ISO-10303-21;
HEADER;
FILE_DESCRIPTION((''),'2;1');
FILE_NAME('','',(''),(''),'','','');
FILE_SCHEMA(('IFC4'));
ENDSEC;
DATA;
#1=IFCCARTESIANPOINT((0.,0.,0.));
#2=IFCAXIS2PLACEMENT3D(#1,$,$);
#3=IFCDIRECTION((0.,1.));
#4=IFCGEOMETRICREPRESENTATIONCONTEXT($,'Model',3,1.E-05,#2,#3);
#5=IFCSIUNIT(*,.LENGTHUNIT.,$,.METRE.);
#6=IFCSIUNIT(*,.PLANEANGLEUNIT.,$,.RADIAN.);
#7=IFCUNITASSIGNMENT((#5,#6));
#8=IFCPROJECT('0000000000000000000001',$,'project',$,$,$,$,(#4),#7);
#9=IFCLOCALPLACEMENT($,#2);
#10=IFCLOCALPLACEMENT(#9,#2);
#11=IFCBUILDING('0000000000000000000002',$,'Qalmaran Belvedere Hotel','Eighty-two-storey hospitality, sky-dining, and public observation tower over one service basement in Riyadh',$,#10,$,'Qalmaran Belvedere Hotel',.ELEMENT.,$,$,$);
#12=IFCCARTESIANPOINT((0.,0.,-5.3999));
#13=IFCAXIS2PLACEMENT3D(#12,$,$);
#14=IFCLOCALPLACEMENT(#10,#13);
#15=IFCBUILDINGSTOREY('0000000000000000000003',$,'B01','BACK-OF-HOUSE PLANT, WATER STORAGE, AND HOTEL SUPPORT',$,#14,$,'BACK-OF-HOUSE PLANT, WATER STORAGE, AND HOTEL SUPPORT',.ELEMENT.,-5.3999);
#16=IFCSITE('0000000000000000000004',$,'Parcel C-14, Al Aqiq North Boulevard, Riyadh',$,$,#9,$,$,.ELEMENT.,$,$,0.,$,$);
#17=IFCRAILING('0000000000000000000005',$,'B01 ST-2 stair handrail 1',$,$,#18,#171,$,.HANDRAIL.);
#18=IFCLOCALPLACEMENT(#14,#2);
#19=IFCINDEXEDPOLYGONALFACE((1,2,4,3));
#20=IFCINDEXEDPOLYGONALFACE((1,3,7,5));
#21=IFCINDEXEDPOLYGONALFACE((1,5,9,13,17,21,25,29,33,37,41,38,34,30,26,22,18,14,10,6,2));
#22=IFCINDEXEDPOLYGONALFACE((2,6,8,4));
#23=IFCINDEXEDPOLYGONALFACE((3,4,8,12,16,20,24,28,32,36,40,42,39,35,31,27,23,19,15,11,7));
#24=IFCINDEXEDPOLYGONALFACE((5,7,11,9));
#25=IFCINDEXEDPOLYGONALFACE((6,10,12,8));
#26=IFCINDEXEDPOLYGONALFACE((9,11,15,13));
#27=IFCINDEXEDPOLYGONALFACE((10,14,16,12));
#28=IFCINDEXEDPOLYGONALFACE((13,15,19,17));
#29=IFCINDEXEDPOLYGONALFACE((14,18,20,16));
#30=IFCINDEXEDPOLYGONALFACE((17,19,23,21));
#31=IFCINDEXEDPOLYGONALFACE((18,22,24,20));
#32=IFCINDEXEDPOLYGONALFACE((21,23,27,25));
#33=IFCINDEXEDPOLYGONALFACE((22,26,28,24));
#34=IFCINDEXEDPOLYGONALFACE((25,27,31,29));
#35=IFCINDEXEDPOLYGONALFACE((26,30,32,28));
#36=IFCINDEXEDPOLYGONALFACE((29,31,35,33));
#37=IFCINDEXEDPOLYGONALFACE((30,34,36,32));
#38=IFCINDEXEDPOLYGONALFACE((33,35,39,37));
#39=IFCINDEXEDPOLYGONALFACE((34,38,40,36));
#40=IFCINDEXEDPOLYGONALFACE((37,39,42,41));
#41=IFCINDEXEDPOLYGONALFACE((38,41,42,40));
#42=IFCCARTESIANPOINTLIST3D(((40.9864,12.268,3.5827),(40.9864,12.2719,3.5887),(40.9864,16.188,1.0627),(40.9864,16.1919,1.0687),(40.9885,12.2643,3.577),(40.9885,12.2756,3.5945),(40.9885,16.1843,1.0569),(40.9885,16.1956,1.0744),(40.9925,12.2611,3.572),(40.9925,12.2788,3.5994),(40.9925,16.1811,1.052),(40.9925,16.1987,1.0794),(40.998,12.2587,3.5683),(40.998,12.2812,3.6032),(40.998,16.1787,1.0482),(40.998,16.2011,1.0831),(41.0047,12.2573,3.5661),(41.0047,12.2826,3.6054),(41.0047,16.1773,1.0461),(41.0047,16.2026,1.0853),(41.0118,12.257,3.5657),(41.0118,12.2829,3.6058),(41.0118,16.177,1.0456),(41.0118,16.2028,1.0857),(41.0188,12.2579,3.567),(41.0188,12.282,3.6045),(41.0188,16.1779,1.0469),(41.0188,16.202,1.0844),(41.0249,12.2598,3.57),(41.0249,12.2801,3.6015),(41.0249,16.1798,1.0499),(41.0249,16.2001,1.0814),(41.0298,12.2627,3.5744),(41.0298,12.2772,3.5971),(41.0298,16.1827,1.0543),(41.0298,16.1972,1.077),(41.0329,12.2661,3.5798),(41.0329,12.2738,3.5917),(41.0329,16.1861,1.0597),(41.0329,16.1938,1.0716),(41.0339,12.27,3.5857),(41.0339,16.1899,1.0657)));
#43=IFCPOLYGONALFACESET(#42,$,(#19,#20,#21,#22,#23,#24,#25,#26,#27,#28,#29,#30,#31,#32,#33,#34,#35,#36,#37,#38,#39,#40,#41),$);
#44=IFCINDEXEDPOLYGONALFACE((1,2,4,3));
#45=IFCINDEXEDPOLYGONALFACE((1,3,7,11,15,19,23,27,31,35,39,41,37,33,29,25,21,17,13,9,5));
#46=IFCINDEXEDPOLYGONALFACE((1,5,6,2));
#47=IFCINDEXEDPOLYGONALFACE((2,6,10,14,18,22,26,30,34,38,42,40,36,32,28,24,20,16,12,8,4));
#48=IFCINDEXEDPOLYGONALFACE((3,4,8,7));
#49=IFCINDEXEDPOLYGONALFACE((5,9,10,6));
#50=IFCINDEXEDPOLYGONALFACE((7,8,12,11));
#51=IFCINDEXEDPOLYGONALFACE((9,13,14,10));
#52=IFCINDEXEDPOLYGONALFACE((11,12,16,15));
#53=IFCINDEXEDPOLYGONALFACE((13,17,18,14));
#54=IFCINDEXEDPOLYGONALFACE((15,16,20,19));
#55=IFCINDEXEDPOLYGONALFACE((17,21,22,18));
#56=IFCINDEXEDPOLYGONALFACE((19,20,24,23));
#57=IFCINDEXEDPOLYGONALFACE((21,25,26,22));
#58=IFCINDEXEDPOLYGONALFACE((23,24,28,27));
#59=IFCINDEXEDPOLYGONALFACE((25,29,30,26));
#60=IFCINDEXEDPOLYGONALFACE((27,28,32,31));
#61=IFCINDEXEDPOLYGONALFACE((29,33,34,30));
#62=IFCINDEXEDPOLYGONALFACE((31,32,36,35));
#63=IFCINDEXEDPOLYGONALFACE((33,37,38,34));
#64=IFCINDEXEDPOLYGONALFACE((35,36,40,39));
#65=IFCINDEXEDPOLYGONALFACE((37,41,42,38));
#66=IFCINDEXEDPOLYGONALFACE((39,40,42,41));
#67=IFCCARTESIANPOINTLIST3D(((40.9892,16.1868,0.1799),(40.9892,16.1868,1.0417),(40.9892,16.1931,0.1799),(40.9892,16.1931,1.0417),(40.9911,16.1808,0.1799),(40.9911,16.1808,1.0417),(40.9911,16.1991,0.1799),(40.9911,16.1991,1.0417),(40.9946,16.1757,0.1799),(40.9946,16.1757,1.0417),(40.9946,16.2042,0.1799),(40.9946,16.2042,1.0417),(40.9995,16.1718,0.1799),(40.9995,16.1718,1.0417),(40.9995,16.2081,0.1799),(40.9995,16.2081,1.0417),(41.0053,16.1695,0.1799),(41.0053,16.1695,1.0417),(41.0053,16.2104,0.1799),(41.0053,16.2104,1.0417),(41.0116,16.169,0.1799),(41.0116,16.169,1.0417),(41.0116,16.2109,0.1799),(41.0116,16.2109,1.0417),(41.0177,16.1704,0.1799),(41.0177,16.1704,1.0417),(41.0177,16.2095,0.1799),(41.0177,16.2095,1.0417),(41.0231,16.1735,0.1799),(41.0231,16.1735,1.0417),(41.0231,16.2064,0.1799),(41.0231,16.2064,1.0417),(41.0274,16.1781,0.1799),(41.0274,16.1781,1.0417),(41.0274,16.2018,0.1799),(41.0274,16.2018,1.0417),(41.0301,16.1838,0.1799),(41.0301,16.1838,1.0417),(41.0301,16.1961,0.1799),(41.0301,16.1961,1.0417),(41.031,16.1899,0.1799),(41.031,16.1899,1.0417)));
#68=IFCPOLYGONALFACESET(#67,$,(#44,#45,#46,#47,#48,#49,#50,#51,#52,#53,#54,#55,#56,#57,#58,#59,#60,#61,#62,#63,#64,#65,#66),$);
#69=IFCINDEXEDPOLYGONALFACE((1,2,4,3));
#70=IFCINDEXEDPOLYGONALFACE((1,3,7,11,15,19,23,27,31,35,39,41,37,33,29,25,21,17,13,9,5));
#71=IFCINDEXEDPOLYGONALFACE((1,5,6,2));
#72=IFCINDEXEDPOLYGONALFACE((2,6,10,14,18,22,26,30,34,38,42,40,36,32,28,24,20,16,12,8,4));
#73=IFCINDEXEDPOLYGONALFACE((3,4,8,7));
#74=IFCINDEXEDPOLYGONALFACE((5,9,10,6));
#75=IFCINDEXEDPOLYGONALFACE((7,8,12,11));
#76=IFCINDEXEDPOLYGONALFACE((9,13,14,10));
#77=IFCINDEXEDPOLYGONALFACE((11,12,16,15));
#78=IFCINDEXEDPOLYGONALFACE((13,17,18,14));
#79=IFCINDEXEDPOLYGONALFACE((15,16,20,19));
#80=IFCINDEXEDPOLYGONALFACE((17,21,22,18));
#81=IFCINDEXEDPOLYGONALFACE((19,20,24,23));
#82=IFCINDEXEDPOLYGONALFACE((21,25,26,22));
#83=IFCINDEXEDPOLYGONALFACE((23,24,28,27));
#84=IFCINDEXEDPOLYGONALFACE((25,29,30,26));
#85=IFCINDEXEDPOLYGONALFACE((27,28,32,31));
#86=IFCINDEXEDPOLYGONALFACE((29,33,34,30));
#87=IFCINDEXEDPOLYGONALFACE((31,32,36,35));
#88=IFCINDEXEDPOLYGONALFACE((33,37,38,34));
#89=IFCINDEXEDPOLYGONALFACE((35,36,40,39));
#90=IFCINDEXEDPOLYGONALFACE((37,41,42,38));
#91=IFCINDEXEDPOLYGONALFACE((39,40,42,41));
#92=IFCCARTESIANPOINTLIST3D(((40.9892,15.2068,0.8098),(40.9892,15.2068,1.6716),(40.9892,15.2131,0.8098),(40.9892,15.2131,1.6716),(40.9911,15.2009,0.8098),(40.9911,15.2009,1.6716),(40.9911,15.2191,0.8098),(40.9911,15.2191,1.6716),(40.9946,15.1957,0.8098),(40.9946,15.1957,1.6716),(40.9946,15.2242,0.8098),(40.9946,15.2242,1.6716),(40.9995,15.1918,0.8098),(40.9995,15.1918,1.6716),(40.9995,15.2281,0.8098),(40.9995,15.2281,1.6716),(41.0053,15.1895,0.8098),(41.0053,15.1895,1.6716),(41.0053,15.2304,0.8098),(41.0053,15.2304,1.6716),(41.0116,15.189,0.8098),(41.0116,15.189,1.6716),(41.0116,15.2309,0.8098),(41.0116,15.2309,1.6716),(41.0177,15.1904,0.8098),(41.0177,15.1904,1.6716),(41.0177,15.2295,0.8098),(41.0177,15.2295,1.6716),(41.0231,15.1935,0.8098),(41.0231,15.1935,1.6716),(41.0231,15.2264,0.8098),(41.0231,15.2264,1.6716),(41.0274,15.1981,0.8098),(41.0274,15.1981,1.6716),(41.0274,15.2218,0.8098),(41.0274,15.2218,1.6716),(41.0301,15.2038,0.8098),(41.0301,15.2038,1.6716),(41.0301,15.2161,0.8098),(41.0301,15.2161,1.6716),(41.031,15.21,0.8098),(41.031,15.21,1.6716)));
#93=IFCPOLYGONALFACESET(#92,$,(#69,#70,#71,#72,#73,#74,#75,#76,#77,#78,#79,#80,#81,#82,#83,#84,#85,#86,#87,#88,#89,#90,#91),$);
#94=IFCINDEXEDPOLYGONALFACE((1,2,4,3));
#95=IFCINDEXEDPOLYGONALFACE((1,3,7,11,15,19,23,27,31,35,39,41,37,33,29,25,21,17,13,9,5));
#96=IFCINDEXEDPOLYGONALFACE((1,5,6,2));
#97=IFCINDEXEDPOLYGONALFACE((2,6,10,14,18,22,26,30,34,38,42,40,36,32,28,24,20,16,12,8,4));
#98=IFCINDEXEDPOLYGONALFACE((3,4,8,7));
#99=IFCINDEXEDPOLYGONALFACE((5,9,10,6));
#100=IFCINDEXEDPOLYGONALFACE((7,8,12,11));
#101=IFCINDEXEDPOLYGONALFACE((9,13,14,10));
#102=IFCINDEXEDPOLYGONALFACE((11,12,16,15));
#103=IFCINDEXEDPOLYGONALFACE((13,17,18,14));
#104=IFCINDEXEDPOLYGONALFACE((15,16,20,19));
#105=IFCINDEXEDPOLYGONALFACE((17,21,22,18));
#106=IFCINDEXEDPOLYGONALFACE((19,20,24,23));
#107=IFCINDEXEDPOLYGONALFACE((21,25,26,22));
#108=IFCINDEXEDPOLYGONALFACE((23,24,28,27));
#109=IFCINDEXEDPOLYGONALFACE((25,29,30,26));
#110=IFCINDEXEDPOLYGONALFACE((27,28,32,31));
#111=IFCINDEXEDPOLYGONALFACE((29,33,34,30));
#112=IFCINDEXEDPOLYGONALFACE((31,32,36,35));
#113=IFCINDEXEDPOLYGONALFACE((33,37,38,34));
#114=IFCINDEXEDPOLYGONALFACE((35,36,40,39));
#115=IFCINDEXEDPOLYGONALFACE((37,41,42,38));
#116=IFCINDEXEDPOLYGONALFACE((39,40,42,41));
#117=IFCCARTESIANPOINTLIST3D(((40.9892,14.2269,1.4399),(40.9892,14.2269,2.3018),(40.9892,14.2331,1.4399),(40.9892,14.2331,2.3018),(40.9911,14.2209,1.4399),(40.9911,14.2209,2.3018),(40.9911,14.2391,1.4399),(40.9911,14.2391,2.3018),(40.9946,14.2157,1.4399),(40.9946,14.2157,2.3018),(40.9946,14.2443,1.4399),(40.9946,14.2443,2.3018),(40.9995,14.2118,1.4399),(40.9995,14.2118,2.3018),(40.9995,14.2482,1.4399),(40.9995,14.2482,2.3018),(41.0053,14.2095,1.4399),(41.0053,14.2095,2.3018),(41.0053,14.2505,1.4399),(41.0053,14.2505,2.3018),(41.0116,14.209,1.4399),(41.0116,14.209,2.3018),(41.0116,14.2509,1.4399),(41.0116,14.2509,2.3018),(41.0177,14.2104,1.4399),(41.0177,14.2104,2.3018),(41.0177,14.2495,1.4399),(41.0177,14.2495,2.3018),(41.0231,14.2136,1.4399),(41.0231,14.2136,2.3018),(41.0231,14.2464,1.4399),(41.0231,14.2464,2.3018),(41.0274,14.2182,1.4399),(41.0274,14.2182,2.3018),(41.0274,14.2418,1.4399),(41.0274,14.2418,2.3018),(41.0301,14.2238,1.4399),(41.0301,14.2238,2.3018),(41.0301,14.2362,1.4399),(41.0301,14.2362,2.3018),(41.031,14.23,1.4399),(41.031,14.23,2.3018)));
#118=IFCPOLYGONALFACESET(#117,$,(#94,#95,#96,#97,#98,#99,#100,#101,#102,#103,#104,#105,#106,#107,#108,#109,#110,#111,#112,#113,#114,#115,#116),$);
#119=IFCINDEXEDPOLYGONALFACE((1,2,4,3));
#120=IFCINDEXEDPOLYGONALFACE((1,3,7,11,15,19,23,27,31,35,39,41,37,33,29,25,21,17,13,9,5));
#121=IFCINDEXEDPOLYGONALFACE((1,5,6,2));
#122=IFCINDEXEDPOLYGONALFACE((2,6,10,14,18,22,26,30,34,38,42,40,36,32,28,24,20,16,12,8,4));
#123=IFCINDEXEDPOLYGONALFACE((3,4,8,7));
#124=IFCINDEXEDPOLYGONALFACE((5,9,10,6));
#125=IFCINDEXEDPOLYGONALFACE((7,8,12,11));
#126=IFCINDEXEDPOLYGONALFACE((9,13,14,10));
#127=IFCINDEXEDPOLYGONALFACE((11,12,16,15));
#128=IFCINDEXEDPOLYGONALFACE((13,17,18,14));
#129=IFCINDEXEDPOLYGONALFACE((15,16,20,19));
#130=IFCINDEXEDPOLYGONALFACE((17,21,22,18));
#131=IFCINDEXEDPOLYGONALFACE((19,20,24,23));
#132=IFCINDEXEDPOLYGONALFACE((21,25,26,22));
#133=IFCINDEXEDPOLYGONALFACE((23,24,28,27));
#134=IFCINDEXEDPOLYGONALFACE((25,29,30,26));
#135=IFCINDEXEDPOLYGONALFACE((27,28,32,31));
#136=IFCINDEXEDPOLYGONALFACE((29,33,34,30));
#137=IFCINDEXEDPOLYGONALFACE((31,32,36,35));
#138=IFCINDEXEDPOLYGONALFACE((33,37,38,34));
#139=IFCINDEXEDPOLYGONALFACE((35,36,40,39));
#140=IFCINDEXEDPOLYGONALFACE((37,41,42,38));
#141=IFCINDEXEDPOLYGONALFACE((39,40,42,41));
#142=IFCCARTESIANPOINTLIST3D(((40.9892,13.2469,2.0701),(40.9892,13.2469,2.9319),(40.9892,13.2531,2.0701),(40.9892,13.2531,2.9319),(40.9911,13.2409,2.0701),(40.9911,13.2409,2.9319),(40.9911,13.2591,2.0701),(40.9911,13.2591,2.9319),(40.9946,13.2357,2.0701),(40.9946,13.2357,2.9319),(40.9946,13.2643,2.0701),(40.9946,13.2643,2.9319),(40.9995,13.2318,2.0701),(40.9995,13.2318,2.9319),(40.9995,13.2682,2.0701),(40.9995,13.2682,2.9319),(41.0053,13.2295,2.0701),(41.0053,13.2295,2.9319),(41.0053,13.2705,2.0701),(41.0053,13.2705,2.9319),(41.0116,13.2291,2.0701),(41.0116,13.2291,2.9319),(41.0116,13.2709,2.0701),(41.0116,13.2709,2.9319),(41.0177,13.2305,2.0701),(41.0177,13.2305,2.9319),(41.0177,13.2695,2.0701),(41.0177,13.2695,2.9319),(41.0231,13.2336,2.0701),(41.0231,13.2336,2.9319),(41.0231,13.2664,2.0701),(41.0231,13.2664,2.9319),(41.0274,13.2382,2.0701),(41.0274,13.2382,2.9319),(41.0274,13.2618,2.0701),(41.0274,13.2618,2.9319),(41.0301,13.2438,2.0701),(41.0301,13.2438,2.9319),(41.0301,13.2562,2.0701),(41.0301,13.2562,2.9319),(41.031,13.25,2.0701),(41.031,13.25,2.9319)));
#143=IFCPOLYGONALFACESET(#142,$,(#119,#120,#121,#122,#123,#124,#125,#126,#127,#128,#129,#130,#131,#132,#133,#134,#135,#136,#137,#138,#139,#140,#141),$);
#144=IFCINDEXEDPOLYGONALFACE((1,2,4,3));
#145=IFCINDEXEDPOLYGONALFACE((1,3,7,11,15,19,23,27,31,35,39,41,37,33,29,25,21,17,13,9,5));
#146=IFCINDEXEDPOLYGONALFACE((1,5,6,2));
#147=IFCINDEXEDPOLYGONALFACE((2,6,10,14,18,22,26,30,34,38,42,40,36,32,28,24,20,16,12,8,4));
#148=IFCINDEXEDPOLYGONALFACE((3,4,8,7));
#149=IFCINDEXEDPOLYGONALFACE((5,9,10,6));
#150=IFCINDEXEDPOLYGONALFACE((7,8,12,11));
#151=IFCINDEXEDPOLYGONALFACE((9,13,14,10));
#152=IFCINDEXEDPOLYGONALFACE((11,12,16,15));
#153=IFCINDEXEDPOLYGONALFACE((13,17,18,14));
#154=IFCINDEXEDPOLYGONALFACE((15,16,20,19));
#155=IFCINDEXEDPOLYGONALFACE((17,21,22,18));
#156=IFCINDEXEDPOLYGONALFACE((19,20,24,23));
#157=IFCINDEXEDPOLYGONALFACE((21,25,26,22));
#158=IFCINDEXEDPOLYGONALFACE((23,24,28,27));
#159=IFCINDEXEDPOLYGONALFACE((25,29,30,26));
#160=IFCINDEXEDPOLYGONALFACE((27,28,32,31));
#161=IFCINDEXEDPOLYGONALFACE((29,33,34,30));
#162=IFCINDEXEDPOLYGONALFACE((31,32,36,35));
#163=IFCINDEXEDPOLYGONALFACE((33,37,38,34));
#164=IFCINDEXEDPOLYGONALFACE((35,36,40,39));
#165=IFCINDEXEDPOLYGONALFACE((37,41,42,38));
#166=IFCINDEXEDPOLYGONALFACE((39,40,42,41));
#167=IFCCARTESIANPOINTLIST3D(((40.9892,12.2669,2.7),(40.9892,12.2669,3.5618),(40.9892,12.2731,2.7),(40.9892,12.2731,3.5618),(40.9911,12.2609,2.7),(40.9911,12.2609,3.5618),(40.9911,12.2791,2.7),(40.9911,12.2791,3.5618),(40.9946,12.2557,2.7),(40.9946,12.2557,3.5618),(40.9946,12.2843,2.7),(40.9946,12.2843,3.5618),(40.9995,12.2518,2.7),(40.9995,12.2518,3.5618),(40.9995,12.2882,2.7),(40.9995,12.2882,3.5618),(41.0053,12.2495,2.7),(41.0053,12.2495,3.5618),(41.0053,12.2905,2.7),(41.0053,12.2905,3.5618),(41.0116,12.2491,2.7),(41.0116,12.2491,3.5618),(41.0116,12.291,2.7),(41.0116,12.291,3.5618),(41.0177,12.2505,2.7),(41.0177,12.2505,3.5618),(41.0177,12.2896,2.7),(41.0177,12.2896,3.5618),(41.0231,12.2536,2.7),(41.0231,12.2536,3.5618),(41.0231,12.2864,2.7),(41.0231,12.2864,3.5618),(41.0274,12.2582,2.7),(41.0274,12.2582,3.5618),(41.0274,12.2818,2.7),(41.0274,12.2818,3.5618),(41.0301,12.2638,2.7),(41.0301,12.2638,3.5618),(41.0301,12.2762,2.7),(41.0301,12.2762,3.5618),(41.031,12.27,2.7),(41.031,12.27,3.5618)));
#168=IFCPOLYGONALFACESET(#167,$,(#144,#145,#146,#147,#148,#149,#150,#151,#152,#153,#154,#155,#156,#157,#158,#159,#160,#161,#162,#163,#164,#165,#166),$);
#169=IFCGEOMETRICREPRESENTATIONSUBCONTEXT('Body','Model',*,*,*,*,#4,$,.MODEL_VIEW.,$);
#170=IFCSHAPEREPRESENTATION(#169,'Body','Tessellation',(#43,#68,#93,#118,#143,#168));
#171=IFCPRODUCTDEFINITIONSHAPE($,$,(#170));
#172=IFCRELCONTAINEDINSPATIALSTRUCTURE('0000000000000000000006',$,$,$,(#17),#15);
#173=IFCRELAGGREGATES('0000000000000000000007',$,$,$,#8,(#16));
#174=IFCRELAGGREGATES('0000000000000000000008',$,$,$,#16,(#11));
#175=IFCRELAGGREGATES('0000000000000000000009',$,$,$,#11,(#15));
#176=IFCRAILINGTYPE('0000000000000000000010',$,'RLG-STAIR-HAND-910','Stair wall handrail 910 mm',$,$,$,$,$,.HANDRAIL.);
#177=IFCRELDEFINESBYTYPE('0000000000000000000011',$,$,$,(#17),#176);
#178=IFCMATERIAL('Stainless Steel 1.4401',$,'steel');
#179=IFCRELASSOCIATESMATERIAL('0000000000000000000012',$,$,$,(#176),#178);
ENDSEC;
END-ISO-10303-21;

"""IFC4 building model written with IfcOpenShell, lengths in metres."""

from ifc_helpers import new_model, si_unit, direction, frame, origin, origin_2d, place, context, subcontext, project, spatial, circle, extrude, material, type_object, element, save


model = new_model("IFC4")

# Units and contexts
model_context = context("Model", 3, precision=1e-05, world=origin(), true_north=direction((0.0, 1.0)))
body_context = subcontext(model_context, "Body", "Model", "MODEL_VIEW")
ifc_project = project(units=[si_unit("LENGTHUNIT", "METRE"), si_unit("PLANEANGLEUNIT", "RADIAN")], contexts=[model_context])

# Site, building, storey
site_placement = place(None, origin())
site = spatial("IfcSite", under=ifc_project, at=site_placement, Name="Parcel C-14, Al Aqiq North Boulevard, Riyadh", CompositionType="ELEMENT", RefElevation=0.0)
building_placement = place(site_placement, origin())
building = spatial("IfcBuilding", under=site, at=building_placement, Name="Qalmaran Belvedere Hotel", Description="Eighty-two-storey hospitality, sky-dining, and public observation tower over one service basement in Riyadh", LongName="Qalmaran Belvedere Hotel", CompositionType="ELEMENT")
storey_placement = place(building_placement, frame((0.0, 0.0, -5.3999)))
storey = spatial("IfcBuildingStorey", under=building, at=storey_placement, Name="B01", Description="BACK-OF-HOUSE PLANT, WATER STORAGE, AND HOTEL SUPPORT", LongName="BACK-OF-HOUSE PLANT, WATER STORAGE, AND HOTEL SUPPORT", CompositionType="ELEMENT", Elevation=-5.3999)

# Railing
ifc_material_1 = material(Name="Stainless Steel 1.4401", Category="steel")
railing_type_1 = type_object("IfcRailingType", Name="RLG-STAIR-HAND-910", Description="Stair wall handrail 910 mm", PredefinedType="HANDRAIL", material=ifc_material_1)
railing_1_placement = place(storey_placement, frame((41.01, 16.1899, 0.1799)))
element("IfcRailing", 1, at=railing_1_placement, inside=storey, type_object=railing_type_1, Name="B01 ST-2 stair handrail 1", PredefinedType="HANDRAIL", context=body_context, shape_type="SweptSolid", body=[
    extrude(circle(Radius=0.0239, at=origin_2d()), frame((0.0, 0.0, 0.8857), z_axis=(0.0, -0.841172, 0.540768), x_axis=(1.0, 0.0, 0.0)), (0.0, 0.0, 1.0), 4.6602),
    extrude(circle(Radius=0.021, at=origin_2d()), origin(), (0.0, 0.0, 1.0), 0.8618),
    extrude(circle(Radius=0.021, at=origin_2d()), frame((0.0, -0.98, 0.6299)), (0.0, 0.0, 1.0), 0.8618),
    extrude(circle(Radius=0.021, at=origin_2d()), frame((0.0, -1.96, 1.26)), (0.0, 0.0, 1.0), 0.8618),
    extrude(circle(Radius=0.021, at=origin_2d()), frame((0.0, -2.9399, 1.8901)), (0.0, 0.0, 1.0), 0.8618),
    extrude(circle(Radius=0.021, at=origin_2d()), frame((0.0, -3.9199, 2.52)), (0.0, 0.0, 1.0), 0.8618),
])

save(model, "model.ifc")
